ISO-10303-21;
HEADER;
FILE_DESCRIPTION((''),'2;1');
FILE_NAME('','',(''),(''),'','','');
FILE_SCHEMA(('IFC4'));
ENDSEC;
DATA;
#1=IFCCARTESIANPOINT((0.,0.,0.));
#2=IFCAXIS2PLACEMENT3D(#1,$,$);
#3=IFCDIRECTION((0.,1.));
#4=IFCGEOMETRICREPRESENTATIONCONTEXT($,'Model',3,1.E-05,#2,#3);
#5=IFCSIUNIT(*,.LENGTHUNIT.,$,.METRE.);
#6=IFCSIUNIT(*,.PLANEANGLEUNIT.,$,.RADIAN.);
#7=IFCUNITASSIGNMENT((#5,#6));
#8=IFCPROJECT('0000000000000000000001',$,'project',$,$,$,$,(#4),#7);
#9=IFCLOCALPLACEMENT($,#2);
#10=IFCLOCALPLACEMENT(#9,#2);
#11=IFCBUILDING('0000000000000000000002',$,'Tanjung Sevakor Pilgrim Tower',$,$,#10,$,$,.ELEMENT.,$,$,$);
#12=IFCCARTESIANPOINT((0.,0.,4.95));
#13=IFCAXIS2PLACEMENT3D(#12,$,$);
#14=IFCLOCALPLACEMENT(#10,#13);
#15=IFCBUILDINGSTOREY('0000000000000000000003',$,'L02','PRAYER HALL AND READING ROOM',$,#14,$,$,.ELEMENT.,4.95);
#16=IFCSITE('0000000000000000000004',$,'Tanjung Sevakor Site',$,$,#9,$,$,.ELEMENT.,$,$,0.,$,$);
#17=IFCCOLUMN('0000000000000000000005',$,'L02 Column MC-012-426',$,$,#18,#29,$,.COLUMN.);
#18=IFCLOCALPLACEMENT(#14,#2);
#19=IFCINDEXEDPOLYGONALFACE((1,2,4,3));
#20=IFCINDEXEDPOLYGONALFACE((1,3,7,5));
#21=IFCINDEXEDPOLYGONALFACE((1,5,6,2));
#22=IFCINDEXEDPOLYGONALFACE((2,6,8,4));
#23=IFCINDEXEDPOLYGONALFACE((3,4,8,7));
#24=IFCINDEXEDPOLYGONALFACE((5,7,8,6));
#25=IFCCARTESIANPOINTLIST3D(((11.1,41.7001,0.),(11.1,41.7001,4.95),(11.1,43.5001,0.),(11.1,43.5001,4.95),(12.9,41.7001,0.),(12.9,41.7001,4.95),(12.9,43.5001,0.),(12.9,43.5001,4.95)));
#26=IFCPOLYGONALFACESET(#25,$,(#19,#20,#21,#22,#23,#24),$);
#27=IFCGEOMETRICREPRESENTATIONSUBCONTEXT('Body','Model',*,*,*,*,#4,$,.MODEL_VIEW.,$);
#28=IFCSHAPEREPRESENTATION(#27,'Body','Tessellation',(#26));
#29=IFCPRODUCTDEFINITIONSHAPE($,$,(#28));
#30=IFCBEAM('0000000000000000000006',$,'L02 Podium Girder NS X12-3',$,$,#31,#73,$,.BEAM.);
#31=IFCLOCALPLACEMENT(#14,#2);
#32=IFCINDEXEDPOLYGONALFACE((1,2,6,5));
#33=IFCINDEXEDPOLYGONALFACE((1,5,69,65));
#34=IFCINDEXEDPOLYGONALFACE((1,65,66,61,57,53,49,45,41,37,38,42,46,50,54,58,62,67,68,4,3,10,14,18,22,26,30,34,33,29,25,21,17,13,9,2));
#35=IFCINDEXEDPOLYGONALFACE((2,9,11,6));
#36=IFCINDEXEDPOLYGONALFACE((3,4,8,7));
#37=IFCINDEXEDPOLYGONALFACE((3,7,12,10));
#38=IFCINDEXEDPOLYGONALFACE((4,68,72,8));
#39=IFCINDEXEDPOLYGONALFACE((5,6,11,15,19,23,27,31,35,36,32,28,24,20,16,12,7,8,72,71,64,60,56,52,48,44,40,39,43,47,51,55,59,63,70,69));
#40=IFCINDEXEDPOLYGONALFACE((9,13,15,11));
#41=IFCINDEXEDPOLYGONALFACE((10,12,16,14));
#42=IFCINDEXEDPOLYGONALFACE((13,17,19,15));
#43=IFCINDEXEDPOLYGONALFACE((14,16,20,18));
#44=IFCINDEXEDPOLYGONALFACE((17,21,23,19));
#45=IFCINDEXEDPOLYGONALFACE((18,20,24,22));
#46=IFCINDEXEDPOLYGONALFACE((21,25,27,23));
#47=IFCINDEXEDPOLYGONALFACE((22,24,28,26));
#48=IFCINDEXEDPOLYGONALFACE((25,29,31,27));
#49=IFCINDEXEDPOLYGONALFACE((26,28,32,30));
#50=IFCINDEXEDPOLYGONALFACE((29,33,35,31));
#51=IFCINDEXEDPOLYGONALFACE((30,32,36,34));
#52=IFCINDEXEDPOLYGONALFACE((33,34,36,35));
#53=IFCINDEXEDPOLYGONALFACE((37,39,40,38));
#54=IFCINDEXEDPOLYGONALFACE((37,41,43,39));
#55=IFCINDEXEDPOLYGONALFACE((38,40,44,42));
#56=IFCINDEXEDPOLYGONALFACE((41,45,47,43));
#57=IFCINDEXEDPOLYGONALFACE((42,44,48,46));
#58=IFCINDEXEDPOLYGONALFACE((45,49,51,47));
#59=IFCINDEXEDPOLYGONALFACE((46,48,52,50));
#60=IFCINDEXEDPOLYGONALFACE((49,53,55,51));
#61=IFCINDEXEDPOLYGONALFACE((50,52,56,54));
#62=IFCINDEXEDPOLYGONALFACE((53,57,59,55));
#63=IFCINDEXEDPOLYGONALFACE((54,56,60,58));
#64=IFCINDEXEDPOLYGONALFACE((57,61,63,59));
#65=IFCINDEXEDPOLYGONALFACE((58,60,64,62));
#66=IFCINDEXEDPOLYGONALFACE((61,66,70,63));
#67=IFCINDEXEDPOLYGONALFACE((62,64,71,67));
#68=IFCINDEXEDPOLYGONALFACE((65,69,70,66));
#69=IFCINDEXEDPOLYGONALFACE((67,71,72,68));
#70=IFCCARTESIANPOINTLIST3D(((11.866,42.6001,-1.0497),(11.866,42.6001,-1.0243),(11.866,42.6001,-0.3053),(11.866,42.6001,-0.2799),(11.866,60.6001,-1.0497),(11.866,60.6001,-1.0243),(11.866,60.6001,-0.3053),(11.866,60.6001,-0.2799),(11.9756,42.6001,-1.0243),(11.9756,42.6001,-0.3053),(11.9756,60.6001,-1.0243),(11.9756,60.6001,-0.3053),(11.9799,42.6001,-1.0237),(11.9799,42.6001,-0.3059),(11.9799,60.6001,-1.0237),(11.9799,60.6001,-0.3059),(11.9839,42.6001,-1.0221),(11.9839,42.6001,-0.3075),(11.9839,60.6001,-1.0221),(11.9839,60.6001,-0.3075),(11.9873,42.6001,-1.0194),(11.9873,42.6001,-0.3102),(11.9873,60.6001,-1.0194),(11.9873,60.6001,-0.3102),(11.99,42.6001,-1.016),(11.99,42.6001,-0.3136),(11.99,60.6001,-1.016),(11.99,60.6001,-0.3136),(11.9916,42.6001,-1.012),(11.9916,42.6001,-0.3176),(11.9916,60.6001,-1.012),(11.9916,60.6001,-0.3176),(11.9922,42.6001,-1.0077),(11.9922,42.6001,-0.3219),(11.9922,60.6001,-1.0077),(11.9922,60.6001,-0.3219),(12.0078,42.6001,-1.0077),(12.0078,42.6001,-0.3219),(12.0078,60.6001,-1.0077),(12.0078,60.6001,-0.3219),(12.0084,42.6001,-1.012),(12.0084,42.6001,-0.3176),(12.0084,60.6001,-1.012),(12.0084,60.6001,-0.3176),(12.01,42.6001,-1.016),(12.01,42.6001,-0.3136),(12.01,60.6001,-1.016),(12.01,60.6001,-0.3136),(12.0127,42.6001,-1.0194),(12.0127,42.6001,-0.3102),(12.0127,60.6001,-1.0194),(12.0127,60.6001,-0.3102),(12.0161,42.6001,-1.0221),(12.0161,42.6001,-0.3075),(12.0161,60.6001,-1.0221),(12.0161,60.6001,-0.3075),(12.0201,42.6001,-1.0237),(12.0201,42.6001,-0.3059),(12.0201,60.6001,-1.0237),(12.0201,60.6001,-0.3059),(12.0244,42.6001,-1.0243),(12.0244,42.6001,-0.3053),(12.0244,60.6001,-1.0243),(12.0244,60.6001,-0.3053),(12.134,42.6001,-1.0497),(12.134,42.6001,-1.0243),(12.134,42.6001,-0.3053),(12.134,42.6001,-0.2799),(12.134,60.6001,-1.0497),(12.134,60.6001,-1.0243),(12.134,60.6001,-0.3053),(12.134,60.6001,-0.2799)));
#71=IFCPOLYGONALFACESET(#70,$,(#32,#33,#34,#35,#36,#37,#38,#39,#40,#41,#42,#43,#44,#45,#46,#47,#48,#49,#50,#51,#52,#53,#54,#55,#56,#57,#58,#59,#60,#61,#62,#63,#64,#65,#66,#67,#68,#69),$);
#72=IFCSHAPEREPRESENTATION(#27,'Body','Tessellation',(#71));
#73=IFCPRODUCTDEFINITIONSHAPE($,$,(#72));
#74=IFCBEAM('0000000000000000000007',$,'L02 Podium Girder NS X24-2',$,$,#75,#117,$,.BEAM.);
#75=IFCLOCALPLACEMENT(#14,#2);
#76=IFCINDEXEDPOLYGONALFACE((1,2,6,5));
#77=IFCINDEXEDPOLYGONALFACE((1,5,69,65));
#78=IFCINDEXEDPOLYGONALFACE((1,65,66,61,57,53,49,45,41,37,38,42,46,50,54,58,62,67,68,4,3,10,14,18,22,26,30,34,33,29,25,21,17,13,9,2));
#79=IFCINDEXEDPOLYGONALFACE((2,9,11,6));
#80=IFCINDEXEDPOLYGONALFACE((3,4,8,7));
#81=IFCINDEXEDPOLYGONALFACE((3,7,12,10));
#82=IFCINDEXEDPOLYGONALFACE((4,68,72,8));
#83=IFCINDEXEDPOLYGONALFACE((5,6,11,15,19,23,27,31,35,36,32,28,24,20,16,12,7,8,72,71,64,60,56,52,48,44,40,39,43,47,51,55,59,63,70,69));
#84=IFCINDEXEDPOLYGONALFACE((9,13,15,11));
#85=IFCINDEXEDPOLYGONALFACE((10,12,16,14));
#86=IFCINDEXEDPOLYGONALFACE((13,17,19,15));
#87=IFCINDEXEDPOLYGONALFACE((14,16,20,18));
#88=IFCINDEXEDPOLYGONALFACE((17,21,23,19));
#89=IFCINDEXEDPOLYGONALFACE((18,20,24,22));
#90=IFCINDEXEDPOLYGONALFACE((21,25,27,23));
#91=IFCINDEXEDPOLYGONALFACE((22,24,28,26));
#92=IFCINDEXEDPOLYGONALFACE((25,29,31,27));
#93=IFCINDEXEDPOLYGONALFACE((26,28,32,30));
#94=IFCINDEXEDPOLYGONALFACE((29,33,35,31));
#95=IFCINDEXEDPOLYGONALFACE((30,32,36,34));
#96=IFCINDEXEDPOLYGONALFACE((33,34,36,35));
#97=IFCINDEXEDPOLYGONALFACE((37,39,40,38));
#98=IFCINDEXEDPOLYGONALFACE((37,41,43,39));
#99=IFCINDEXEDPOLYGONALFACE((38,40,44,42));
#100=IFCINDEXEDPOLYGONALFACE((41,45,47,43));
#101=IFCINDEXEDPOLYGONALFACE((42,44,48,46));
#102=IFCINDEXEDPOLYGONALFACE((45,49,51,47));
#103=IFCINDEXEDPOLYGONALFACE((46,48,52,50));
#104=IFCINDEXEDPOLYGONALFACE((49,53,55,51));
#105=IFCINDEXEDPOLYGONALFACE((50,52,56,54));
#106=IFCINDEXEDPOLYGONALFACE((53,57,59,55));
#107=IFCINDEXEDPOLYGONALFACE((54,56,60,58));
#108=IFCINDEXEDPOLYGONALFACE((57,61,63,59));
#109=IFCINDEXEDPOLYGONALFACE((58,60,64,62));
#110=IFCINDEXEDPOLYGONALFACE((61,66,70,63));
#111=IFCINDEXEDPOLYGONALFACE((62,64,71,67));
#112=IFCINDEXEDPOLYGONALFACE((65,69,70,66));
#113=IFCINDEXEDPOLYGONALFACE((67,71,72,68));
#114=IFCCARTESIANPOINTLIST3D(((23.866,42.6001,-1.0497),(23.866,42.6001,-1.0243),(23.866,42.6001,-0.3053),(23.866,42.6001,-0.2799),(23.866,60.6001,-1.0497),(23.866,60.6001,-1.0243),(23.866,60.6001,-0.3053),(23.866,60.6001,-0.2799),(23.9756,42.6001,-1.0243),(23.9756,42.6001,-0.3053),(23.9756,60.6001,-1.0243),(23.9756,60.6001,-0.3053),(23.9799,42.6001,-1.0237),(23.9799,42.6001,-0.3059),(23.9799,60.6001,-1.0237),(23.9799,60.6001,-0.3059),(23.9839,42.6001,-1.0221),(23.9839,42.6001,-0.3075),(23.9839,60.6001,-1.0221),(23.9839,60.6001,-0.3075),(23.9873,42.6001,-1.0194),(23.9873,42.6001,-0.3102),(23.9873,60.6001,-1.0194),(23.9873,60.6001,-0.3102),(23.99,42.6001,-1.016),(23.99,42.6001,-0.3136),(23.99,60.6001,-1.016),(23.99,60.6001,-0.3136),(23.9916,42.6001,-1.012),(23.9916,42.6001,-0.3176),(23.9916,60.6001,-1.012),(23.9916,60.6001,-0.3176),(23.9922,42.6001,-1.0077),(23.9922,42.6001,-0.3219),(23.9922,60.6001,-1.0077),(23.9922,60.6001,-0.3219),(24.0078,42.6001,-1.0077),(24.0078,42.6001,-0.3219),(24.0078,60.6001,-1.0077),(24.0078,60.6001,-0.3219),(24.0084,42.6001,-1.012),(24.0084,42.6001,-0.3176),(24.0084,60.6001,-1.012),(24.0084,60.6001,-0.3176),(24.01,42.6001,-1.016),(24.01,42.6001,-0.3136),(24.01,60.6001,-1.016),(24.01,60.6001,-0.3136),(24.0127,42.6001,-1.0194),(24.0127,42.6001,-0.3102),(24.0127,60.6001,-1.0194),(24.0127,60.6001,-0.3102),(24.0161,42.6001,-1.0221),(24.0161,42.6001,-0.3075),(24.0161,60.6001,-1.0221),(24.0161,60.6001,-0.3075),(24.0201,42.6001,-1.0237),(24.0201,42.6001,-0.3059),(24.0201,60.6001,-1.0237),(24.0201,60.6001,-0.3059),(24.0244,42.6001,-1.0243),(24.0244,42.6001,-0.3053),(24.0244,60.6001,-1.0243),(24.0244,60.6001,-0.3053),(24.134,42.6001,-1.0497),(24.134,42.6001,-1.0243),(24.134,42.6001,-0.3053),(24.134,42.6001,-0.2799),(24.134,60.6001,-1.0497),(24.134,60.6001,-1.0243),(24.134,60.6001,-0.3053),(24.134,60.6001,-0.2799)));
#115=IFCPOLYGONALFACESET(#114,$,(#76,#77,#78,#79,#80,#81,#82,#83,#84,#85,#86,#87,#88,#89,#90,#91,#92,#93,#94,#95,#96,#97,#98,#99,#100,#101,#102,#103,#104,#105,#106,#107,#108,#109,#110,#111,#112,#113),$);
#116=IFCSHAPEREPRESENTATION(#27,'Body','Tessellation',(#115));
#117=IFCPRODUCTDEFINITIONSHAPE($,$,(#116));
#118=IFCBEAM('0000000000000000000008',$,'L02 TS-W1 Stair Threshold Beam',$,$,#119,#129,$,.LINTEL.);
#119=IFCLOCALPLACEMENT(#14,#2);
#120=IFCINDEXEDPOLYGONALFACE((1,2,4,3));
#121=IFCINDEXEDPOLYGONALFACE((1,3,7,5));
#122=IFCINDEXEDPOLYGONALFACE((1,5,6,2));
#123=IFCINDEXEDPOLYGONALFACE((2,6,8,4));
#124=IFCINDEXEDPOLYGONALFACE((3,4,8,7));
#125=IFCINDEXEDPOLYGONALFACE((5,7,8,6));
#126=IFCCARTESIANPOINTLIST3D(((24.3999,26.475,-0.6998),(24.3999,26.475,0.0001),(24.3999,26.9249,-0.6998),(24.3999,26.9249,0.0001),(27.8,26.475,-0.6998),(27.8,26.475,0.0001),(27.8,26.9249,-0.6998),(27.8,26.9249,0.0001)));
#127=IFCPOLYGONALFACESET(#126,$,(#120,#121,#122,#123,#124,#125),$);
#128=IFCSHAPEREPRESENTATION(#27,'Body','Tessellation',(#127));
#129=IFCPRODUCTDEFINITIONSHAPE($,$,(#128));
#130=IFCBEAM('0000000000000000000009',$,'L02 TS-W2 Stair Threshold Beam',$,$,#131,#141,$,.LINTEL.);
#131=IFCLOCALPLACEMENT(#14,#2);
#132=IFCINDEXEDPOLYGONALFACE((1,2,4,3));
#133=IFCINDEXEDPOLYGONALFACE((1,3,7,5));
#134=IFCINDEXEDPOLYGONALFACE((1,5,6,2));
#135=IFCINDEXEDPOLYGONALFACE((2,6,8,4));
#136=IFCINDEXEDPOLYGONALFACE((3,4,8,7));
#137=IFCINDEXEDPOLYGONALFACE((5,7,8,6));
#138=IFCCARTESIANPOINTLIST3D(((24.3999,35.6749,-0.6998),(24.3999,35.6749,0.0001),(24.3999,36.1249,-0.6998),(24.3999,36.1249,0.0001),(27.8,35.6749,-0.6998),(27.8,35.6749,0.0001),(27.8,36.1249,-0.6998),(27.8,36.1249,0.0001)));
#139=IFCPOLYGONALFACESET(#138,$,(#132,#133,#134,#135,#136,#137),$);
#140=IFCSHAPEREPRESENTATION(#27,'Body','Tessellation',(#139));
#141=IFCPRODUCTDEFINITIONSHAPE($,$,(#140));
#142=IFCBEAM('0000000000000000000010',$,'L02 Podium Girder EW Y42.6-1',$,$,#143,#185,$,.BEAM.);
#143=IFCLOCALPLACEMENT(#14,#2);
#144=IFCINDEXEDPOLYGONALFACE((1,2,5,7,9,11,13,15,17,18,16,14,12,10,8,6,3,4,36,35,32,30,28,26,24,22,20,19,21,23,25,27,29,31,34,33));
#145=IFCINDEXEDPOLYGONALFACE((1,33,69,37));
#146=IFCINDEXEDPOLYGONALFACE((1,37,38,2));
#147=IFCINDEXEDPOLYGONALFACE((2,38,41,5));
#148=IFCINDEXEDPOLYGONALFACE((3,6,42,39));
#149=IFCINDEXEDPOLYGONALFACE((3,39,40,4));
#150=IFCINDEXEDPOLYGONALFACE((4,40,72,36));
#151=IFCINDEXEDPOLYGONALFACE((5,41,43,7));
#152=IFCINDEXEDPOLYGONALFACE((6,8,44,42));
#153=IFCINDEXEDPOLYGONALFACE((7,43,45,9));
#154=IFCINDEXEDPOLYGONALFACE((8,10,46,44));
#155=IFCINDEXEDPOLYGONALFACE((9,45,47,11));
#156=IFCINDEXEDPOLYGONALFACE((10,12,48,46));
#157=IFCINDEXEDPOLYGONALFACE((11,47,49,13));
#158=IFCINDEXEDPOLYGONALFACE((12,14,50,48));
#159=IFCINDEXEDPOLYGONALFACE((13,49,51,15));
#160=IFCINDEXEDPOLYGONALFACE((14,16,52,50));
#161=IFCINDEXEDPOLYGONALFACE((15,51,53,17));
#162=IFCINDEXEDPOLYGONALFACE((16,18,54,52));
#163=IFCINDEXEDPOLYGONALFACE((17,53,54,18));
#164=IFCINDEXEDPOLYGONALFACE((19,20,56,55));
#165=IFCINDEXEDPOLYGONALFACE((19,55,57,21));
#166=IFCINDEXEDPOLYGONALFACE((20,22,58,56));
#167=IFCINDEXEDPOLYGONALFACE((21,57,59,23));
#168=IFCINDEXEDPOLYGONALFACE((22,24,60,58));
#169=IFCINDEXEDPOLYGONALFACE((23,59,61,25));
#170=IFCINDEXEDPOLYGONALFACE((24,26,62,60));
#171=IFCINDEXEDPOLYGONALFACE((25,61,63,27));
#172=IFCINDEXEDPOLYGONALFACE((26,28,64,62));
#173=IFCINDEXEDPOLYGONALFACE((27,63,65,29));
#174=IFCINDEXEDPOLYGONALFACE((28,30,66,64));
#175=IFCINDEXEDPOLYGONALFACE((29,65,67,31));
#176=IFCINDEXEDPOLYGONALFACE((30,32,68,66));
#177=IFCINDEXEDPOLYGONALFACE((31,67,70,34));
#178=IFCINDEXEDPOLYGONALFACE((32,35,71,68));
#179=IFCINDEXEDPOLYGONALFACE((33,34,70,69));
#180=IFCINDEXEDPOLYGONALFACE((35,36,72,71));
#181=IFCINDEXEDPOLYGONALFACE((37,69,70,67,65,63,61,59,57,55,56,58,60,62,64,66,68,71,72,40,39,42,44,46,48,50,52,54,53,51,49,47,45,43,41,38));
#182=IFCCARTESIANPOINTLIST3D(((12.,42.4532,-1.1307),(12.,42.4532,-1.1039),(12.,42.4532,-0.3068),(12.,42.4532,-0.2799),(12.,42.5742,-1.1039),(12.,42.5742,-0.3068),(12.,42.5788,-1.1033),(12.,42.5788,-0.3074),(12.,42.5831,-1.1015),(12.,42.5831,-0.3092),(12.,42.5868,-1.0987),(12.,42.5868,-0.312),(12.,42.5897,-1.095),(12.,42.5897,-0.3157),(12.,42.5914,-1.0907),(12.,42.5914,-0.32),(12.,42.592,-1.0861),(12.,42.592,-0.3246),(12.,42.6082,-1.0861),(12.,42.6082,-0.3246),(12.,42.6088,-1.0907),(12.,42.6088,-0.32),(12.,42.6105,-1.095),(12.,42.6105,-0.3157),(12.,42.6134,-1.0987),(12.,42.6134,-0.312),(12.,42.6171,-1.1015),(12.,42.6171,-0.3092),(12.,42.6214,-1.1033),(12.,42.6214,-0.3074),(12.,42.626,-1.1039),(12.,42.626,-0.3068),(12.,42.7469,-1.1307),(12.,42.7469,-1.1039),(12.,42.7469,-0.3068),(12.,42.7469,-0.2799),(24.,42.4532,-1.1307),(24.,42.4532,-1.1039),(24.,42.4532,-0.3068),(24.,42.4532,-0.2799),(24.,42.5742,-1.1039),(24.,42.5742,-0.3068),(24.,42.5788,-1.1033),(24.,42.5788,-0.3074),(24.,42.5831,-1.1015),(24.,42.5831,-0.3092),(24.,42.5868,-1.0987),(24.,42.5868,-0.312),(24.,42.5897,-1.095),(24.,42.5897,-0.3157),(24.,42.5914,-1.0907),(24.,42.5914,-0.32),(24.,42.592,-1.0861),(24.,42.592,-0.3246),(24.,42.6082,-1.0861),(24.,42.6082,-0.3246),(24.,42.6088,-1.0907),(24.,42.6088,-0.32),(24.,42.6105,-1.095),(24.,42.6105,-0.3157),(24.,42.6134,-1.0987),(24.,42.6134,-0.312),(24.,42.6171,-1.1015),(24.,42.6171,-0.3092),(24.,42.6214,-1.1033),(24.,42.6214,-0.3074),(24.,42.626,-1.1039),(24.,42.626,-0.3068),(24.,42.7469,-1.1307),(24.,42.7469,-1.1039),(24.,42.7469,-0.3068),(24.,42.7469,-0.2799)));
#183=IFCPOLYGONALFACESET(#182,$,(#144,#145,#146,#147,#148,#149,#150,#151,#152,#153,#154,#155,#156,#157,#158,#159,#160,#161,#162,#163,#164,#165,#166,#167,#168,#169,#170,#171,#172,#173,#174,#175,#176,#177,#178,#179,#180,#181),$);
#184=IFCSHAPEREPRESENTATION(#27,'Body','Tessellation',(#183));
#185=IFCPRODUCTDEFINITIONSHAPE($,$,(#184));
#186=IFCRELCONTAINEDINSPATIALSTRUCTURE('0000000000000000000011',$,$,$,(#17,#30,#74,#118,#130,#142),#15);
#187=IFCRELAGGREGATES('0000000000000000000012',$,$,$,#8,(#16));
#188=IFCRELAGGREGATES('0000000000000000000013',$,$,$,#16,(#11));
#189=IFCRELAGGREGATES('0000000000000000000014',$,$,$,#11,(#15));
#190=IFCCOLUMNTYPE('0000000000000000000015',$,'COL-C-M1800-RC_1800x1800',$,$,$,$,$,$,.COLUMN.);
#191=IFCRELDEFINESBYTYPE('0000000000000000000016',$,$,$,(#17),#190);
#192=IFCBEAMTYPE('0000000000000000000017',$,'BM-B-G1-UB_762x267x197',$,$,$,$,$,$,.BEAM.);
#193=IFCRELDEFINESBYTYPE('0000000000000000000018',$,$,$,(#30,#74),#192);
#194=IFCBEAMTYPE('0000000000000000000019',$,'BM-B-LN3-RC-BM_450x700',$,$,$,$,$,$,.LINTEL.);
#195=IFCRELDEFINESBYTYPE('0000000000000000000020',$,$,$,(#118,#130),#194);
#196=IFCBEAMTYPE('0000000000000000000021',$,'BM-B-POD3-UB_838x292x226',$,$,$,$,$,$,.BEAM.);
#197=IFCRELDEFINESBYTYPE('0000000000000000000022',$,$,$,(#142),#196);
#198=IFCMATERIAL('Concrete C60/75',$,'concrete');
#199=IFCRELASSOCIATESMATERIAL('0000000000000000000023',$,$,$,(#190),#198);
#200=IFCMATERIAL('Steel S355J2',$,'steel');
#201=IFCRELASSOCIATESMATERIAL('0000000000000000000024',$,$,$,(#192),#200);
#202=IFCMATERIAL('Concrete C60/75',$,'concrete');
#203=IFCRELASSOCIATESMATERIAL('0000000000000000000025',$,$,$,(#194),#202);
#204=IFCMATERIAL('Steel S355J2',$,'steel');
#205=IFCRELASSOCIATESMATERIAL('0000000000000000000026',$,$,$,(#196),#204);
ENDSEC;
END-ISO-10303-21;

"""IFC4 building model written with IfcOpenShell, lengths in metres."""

from ifc_helpers import new_model, si_unit, direction, frame, origin, origin_2d, place, context, subcontext, project, spatial, rectangle, i_section, extrude, material, material_profile, profile_set, type_object, element, save


model = new_model("IFC4")

# Units and contexts
model_context = context("Model", 3, precision=1e-05, world=origin(), true_north=direction((0.0, 1.0)))
body_context = subcontext(model_context, "Body", "Model", "MODEL_VIEW")
ifc_project = project(units=[si_unit("LENGTHUNIT", "METRE"), si_unit("PLANEANGLEUNIT", "RADIAN")], contexts=[model_context])

# Site, building, storey
site_placement = place(None, origin())
site = spatial("IfcSite", under=ifc_project, at=site_placement, Name="Tanjung Sevakor Site", CompositionType="ELEMENT", RefElevation=0.0)
building_placement = place(site_placement, origin())
building = spatial("IfcBuilding", under=site, at=building_placement, Name="Tanjung Sevakor Pilgrim Tower", CompositionType="ELEMENT")
storey_placement = place(building_placement, frame((0.0, 0.0, 4.95)))
storey = spatial("IfcBuildingStorey", under=building, at=storey_placement, Name="L02", Description="PRAYER HALL AND READING ROOM", CompositionType="ELEMENT", Elevation=4.95)

# Column
ifc_material_1 = material(Name="Concrete C60/75", Category="concrete")
ifc_material_profile_1 = material_profile(ifc_material_1, rectangle(XDim=1.8, YDim=1.8, at=origin_2d()))
ifc_profile_set_1 = profile_set([ifc_material_profile_1], Name="Concrete C60/75")
column_type = type_object("IfcColumnType", Name="COL-C-M1800-RC_1800x1800", PredefinedType="COLUMN", material=ifc_profile_set_1)
column_placement = place(storey_placement, frame((12.0, 42.6001, 0.0), z_axis=(0.0, 0.0, 1.0), x_axis=(1.0, 0.0, 0.0)))
element("IfcColumn", 1, at=column_placement, inside=storey, type_object=column_type, Name="L02 Column MC-012-426", PredefinedType="COLUMN", context=body_context, shape_type="SweptSolid", body=[
    extrude(rectangle(XDim=1.8, YDim=1.8, at=origin_2d()), origin(), (0.0, 0.0, 1.0), 4.95),
])

# Beams
ifc_material_2 = material(Name="Steel S355J2", Category="steel")
ifc_material_profile_2 = material_profile(ifc_material_2, i_section(OverallWidth=0.2681, OverallDepth=0.7698, WebThickness=0.0156, FlangeThickness=0.0254, FilletRadius=0.0166, at=origin_2d()))
ifc_profile_set_2 = profile_set([ifc_material_profile_2], Name="Steel S355J2")
beam_type_1 = type_object("IfcBeamType", Name="BM-B-G1-UB_762x267x197", PredefinedType="BEAM", material=ifc_profile_set_2)
for number, where, z_axis, x_axis, name in (
    (2, (12.0, 42.6001, -0.6648), (0.0, 1.0, 0.0), (-1.0, 0.0, 0.0), "L02 Podium Girder NS X12-3"),
    (3, (24.0, 42.6001, -0.6648), (0.0, 1.0, 0.0), (-1.0, 0.0, 0.0), "L02 Podium Girder NS X24-2"),
):
    element("IfcBeam", number, at=place(storey_placement, frame(where, z_axis=z_axis, x_axis=x_axis)), inside=storey, type_object=beam_type_1, Name=name, PredefinedType="BEAM", context=body_context, shape_type="SweptSolid", body=[
        extrude(i_section(OverallWidth=0.2681, OverallDepth=0.7698, WebThickness=0.0156, FlangeThickness=0.0254, FilletRadius=0.0166, at=origin_2d()), origin(), (0.0, 0.0, 1.0), 18.0),
    ])
ifc_material_3 = material(Name="Concrete C60/75", Category="concrete")
ifc_material_profile_3 = material_profile(ifc_material_3, rectangle(XDim=0.45, YDim=0.7, at=origin_2d()))
ifc_profile_set_3 = profile_set([ifc_material_profile_3], Name="Concrete C60/75")
beam_type_2 = type_object("IfcBeamType", Name="BM-B-LN3-RC-BM_450x700", PredefinedType="LINTEL", material=ifc_profile_set_3)
for number, where, z_axis, x_axis, name in (
    (4, (24.3999, 26.7, -0.3499), (1.0, 0.0, 0.0), (0.0, 1.0, 0.0), "L02 TS-W1 Stair Threshold Beam"),
    (5, (24.3999, 35.8999, -0.3499), (1.0, 0.0, 0.0), (0.0, 1.0, 0.0), "L02 TS-W2 Stair Threshold Beam"),
):
    element("IfcBeam", number, at=place(storey_placement, frame(where, z_axis=z_axis, x_axis=x_axis)), inside=storey, type_object=beam_type_2, Name=name, PredefinedType="LINTEL", context=body_context, shape_type="SweptSolid", body=[
        extrude(rectangle(XDim=0.45, YDim=0.7, at=origin_2d()), origin(), (0.0, 0.0, 1.0), 3.4001),
    ])
ifc_material_4 = material(Name="Steel S355J2", Category="steel")
ifc_material_profile_4 = material_profile(ifc_material_4, i_section(OverallWidth=0.2937, OverallDepth=0.8508, WebThickness=0.0161, FlangeThickness=0.0269, FilletRadius=0.0178, at=origin_2d()))
ifc_profile_set_4 = profile_set([ifc_material_profile_4], Name="Steel S355J2")
beam_type_3 = type_object("IfcBeamType", Name="BM-B-POD3-UB_838x292x226", PredefinedType="BEAM", material=ifc_profile_set_4)
beam_placement = place(storey_placement, frame((12.0, 42.6001, -0.7053), z_axis=(1.0, 0.0, 0.0), x_axis=(0.0, 1.0, 0.0)))
element("IfcBeam", 6, at=beam_placement, inside=storey, type_object=beam_type_3, Name="L02 Podium Girder EW Y42.6-1", PredefinedType="BEAM", context=body_context, shape_type="SweptSolid", body=[
    extrude(i_section(OverallWidth=0.2937, OverallDepth=0.8508, WebThickness=0.0161, FlangeThickness=0.0269, FilletRadius=0.0178, at=origin_2d()), origin(), (0.0, 0.0, 1.0), 12.0),
])

save(model, "model.ifc")
